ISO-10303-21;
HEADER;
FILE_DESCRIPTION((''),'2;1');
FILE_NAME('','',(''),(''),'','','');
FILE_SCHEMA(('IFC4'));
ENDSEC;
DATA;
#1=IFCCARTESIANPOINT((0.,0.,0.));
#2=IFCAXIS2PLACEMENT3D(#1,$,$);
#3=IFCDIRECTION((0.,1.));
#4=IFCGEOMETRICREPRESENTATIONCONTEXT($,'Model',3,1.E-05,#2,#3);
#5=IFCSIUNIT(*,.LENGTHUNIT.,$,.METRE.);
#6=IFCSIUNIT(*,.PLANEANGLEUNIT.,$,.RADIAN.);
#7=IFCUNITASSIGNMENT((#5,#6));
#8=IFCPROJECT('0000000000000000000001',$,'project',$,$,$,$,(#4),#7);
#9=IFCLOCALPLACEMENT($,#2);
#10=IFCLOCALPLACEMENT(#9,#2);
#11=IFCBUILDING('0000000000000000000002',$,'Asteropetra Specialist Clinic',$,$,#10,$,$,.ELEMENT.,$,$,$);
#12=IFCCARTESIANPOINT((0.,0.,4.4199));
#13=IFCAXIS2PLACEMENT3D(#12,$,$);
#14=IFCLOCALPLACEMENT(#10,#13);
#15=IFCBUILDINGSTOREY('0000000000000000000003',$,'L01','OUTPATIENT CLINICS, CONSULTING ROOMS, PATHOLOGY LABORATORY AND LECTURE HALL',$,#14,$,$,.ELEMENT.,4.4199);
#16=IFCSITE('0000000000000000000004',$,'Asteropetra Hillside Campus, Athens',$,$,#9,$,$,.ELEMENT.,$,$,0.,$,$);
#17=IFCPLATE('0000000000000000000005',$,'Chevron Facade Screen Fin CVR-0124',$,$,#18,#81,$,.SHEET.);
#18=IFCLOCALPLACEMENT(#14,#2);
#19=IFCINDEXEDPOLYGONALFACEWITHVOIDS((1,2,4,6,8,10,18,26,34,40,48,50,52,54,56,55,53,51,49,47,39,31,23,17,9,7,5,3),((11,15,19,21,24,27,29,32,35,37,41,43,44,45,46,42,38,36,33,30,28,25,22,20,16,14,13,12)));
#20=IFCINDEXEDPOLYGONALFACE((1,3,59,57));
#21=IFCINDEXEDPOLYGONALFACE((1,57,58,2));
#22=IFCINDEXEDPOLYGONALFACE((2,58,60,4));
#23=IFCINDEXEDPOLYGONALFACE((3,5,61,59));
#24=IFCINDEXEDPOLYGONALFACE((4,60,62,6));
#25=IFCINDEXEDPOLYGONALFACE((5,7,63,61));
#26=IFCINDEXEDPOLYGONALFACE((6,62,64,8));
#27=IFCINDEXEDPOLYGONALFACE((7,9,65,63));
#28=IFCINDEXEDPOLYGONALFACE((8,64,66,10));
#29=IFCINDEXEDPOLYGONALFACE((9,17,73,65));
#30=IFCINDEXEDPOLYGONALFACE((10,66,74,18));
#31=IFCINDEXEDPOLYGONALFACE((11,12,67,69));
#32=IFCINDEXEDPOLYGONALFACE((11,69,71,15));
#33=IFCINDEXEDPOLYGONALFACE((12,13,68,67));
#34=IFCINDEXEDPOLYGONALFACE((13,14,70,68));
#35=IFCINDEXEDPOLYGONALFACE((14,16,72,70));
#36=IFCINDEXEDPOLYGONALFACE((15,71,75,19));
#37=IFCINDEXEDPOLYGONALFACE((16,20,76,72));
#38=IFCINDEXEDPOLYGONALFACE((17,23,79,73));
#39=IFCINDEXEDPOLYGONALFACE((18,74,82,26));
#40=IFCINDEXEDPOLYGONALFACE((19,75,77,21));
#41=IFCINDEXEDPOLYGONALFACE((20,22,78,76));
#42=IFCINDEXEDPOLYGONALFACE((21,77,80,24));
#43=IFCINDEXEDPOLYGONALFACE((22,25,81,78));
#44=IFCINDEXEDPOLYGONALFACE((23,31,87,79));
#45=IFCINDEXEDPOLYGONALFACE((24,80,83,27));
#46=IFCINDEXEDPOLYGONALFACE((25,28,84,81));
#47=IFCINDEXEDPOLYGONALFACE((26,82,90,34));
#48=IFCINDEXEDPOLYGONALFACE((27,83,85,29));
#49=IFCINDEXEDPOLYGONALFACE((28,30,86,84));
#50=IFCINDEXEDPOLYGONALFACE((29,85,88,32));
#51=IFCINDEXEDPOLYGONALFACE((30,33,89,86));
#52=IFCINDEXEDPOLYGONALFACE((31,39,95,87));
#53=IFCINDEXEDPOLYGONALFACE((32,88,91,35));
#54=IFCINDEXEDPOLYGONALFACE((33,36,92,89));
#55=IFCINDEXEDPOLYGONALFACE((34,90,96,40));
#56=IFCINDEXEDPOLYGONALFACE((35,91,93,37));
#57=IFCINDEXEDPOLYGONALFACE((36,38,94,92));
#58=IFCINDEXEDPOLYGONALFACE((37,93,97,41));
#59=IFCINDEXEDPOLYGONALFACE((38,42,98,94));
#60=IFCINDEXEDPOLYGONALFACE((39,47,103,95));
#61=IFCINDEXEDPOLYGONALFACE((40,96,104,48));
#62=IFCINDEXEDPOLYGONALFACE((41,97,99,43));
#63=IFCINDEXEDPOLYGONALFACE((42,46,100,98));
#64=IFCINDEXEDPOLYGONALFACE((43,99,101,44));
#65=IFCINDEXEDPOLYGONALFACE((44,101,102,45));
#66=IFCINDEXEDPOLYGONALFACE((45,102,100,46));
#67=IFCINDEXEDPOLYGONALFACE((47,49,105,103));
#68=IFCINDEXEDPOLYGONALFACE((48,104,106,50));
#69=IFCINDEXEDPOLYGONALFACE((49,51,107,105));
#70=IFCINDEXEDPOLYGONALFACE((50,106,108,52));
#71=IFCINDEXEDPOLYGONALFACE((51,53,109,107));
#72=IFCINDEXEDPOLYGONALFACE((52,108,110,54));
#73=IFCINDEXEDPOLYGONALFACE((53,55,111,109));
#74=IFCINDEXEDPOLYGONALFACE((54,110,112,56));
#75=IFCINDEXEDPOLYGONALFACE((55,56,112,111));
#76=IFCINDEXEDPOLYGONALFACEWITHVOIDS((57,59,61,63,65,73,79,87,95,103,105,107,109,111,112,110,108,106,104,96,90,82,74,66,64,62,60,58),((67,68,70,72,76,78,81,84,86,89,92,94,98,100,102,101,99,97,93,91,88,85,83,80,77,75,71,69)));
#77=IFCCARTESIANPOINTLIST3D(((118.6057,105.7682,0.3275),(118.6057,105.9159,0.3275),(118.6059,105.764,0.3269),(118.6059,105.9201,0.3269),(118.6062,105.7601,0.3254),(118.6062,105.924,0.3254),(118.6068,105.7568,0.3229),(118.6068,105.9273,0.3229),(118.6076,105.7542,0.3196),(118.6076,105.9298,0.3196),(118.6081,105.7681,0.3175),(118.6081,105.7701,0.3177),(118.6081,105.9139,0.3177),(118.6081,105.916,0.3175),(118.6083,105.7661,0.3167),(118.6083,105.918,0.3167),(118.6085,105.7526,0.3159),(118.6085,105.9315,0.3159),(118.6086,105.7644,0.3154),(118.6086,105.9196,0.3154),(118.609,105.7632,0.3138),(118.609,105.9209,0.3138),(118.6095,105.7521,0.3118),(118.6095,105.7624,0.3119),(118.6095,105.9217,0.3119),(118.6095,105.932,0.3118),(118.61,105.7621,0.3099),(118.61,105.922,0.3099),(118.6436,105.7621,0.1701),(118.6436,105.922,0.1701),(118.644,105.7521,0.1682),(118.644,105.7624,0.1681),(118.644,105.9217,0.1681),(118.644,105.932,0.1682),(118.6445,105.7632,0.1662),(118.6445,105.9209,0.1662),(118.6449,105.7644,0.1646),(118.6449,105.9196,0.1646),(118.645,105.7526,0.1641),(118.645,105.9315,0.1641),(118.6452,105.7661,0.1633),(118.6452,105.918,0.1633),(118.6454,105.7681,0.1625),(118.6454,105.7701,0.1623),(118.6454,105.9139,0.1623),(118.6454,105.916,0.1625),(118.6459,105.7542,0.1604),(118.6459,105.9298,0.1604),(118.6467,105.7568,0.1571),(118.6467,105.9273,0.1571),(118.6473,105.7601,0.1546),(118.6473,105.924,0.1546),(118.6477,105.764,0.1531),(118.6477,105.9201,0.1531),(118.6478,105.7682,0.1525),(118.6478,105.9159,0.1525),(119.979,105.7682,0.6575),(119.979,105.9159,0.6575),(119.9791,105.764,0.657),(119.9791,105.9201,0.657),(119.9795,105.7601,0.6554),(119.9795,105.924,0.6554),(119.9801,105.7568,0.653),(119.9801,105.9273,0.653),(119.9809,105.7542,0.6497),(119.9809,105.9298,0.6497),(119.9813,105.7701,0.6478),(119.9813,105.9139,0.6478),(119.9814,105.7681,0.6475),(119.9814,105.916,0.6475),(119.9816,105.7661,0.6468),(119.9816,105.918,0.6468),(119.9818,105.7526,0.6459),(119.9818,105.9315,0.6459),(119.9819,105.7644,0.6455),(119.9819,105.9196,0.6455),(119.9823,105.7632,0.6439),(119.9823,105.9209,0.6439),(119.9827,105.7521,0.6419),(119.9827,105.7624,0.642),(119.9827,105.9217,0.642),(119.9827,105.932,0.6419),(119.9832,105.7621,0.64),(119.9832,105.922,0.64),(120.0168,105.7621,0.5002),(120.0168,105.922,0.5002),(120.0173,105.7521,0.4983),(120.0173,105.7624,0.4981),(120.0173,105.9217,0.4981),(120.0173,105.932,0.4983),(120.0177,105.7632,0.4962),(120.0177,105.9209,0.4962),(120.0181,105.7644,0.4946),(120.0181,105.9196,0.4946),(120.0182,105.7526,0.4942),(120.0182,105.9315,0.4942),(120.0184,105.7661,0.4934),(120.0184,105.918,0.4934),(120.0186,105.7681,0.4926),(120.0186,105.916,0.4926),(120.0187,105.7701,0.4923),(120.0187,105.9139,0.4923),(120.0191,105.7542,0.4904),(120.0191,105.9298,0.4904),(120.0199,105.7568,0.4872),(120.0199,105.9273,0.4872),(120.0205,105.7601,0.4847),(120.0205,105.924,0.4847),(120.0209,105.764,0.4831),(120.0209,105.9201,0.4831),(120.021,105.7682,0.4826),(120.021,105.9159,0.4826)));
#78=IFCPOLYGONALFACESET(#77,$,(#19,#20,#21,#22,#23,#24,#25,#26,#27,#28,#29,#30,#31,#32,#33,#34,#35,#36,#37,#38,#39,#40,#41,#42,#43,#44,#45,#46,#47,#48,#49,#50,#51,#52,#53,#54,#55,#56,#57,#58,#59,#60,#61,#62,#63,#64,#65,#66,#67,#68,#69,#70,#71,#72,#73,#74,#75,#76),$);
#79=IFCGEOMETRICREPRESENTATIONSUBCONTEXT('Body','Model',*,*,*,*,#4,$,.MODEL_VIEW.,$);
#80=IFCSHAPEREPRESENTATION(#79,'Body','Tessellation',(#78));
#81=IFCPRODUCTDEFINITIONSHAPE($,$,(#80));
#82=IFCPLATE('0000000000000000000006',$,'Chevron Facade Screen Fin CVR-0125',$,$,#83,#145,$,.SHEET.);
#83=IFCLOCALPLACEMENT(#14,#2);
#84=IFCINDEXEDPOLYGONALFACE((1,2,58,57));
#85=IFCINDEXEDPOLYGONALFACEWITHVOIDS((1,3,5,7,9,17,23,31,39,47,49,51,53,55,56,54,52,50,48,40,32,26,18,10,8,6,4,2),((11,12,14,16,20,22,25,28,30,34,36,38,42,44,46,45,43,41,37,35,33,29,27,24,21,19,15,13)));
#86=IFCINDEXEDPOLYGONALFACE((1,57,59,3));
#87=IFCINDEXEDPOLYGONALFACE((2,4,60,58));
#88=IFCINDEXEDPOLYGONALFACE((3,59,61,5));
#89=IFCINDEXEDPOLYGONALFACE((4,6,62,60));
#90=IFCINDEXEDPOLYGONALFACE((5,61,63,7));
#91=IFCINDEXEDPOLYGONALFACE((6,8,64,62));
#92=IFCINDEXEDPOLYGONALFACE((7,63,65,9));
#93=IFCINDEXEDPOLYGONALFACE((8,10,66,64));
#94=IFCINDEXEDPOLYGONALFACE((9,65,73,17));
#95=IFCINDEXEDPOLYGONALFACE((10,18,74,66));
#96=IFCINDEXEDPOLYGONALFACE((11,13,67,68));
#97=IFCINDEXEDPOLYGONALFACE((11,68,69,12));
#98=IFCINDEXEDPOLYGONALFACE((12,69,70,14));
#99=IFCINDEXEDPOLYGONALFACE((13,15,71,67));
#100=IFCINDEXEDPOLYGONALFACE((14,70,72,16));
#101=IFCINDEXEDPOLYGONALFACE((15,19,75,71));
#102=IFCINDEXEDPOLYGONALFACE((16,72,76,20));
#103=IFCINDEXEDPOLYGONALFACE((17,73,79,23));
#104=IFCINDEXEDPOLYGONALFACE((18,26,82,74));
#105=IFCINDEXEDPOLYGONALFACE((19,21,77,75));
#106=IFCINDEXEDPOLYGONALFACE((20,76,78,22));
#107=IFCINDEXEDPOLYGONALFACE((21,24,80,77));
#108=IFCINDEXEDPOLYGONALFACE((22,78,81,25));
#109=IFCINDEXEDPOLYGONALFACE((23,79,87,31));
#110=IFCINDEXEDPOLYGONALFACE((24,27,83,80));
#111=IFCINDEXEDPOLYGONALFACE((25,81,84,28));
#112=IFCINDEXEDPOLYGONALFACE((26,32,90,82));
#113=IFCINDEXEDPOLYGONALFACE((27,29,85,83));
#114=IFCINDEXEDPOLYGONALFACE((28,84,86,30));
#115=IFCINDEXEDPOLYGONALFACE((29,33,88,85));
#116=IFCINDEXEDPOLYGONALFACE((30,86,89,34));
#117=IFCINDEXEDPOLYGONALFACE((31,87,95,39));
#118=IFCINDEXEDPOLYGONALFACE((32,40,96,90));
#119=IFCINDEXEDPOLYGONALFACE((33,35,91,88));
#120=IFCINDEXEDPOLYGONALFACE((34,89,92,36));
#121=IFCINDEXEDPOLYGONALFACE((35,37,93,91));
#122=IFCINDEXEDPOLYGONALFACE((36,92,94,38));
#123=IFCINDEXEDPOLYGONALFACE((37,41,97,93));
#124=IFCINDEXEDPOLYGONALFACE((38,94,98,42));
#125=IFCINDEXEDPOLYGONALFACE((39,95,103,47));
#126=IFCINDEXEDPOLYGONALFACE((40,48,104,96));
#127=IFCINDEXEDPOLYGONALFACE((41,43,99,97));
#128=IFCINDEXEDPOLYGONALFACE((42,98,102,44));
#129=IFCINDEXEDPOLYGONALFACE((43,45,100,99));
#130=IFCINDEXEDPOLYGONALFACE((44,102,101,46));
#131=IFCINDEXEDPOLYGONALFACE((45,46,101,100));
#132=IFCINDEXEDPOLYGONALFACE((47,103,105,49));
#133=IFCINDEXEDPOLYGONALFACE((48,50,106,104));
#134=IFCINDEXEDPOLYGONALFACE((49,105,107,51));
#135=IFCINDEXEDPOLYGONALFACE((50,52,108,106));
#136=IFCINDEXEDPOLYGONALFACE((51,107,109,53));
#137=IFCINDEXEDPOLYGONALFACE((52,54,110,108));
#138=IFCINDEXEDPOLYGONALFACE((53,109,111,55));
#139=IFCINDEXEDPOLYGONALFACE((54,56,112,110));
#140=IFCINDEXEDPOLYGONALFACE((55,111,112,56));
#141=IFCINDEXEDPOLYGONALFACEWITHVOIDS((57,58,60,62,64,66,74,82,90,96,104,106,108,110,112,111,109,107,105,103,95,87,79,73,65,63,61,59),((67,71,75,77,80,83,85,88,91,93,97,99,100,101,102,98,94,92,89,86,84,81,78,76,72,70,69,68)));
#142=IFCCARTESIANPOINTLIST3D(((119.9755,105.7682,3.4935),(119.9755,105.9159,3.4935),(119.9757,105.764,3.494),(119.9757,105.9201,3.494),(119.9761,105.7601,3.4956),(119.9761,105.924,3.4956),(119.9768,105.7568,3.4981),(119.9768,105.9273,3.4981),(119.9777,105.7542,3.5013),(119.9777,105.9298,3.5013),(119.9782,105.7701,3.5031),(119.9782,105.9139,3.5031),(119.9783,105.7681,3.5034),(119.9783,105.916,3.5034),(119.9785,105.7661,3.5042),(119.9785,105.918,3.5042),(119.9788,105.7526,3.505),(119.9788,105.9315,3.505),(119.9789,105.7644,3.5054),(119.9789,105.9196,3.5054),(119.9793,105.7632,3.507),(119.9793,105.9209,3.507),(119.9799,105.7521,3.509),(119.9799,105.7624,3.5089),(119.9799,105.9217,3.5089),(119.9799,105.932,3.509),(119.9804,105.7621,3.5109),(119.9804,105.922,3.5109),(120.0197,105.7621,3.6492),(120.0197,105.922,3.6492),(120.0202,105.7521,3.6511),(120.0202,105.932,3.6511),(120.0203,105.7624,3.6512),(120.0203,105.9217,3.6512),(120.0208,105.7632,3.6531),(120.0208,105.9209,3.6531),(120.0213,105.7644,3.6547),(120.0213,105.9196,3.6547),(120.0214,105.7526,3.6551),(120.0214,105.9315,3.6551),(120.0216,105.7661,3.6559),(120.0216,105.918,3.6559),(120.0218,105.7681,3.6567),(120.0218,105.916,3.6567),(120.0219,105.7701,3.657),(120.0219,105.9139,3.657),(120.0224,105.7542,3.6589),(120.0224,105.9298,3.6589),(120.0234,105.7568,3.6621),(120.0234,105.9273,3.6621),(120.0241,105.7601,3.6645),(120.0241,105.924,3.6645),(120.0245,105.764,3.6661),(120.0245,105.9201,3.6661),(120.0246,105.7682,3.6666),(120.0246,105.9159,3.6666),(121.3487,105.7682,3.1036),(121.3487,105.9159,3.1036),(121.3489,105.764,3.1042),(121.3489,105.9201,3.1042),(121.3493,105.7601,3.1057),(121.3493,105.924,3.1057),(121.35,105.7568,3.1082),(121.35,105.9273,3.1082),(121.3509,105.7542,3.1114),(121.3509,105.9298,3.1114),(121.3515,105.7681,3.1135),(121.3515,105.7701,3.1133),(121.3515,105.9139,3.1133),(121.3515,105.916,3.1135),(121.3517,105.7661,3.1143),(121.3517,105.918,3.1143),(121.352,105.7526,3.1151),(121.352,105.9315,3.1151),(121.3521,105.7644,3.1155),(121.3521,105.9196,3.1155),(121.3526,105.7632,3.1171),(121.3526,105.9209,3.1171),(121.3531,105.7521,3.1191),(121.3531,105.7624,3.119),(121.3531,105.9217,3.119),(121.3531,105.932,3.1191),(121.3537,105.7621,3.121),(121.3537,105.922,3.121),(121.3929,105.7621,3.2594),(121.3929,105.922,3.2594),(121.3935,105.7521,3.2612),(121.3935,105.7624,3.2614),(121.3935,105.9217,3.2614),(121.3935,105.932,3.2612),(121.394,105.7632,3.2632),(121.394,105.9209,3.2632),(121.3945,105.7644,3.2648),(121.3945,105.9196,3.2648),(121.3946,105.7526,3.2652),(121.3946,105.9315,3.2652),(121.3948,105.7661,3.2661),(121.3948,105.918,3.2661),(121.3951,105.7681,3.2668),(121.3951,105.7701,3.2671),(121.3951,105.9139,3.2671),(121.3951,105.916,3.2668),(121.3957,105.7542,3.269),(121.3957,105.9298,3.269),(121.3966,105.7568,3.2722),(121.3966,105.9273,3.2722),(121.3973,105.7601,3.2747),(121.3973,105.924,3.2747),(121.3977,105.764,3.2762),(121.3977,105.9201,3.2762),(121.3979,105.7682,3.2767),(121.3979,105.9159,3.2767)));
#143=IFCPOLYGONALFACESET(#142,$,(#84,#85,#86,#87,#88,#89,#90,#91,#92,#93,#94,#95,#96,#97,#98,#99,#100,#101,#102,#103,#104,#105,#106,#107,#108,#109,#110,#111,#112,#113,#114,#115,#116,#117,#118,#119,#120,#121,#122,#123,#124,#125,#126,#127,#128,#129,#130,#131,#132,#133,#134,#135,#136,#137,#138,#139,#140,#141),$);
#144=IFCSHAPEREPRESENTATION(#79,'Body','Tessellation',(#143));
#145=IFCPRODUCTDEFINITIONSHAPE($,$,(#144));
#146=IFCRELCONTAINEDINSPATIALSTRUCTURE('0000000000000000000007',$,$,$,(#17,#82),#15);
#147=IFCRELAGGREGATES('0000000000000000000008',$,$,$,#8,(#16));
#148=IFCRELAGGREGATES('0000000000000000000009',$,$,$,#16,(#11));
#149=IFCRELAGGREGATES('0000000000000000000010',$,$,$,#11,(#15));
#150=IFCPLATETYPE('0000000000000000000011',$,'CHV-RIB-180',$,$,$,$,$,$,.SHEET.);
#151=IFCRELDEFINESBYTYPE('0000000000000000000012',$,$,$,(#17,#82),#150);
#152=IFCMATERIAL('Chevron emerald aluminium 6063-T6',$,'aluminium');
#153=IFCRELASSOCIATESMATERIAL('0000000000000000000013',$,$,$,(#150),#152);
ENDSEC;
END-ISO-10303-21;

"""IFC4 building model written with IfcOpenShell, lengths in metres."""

from ifc_helpers import new_model, si_unit, direction, frame, origin, origin_2d, place, context, subcontext, project, spatial, hollow_rectangle, extrude, material, material_profile, profile_set, type_object, element, save


model = new_model("IFC4")

# Units and contexts
model_context = context("Model", 3, precision=1e-05, world=origin(), true_north=direction((0.0, 1.0)))
body_context = subcontext(model_context, "Body", "Model", "MODEL_VIEW")
ifc_project = project(units=[si_unit("LENGTHUNIT", "METRE"), si_unit("PLANEANGLEUNIT", "RADIAN")], contexts=[model_context])

# Site, building, storey
site_placement = place(None, origin())
site = spatial("IfcSite", under=ifc_project, at=site_placement, Name="Asteropetra Hillside Campus, Athens", CompositionType="ELEMENT", RefElevation=0.0)
building_placement = place(site_placement, origin())
building = spatial("IfcBuilding", under=site, at=building_placement, Name="Asteropetra Specialist Clinic", CompositionType="ELEMENT")
storey_placement = place(building_placement, frame((0.0, 0.0, 4.4199)))
storey = spatial("IfcBuildingStorey", under=building, at=storey_placement, Name="L01", Description="OUTPATIENT CLINICS, CONSULTING ROOMS, PATHOLOGY LABORATORY AND LECTURE HALL", CompositionType="ELEMENT", Elevation=4.4199)

# Plates
ifc_material_1 = material(Name="Chevron emerald aluminium 6063-T6", Category="aluminium")
ifc_material_profile_1 = material_profile(ifc_material_1, hollow_rectangle(XDim=0.1799, YDim=0.1799, WallThickness=0.01, InnerFilletRadius=0.0081, OuterFilletRadius=0.0161, at=origin_2d()), Name="SHS 180x180x10.0")
ifc_profile_set_1 = profile_set([ifc_material_profile_1], Name="Chevron emerald aluminium 6063-T6")
plate_type = type_object("IfcPlateType", Name="CHV-RIB-180", PredefinedType="SHEET", material=ifc_profile_set_1)
for number, where, z_axis, x_axis, name in (
    (1, (120.0, 105.842, 0.5701), (-0.972309, 0.0, -0.2337), (0.0, -1.0, 0.0), "Chevron Facade Screen Fin CVR-0124"),
):
    element("IfcPlate", number, at=place(storey_placement, frame(where, z_axis=z_axis, x_axis=x_axis)), inside=storey, type_object=plate_type, Name=name, PredefinedType="SHEET", context=body_context, shape_type="SweptSolid", body=[
        extrude(hollow_rectangle(XDim=0.1799, YDim=0.1799, WallThickness=0.01, InnerFilletRadius=0.0081, OuterFilletRadius=0.0161, at=origin_2d()), origin(), (0.0, 0.0, 1.0), 1.4124),
    ])
for number, where, z_axis, x_axis, name in (
    (2, (121.3733, 105.842, 3.1902), (-0.961981, 0.0, 0.273117), (0.0, -1.0, 0.0), "Chevron Facade Screen Fin CVR-0125"),
):
    element("IfcPlate", number, at=place(storey_placement, frame(where, z_axis=z_axis, x_axis=x_axis)), inside=storey, type_object=plate_type, Name=name, PredefinedType="SHEET", context=body_context, shape_type="SweptSolid", body=[
        extrude(hollow_rectangle(XDim=0.1799, YDim=0.1799, WallThickness=0.01, InnerFilletRadius=0.0081, OuterFilletRadius=0.0161, at=origin_2d()), origin(), (0.0, 0.0, 1.0), 1.4275),
    ])

save(model, "model.ifc")
